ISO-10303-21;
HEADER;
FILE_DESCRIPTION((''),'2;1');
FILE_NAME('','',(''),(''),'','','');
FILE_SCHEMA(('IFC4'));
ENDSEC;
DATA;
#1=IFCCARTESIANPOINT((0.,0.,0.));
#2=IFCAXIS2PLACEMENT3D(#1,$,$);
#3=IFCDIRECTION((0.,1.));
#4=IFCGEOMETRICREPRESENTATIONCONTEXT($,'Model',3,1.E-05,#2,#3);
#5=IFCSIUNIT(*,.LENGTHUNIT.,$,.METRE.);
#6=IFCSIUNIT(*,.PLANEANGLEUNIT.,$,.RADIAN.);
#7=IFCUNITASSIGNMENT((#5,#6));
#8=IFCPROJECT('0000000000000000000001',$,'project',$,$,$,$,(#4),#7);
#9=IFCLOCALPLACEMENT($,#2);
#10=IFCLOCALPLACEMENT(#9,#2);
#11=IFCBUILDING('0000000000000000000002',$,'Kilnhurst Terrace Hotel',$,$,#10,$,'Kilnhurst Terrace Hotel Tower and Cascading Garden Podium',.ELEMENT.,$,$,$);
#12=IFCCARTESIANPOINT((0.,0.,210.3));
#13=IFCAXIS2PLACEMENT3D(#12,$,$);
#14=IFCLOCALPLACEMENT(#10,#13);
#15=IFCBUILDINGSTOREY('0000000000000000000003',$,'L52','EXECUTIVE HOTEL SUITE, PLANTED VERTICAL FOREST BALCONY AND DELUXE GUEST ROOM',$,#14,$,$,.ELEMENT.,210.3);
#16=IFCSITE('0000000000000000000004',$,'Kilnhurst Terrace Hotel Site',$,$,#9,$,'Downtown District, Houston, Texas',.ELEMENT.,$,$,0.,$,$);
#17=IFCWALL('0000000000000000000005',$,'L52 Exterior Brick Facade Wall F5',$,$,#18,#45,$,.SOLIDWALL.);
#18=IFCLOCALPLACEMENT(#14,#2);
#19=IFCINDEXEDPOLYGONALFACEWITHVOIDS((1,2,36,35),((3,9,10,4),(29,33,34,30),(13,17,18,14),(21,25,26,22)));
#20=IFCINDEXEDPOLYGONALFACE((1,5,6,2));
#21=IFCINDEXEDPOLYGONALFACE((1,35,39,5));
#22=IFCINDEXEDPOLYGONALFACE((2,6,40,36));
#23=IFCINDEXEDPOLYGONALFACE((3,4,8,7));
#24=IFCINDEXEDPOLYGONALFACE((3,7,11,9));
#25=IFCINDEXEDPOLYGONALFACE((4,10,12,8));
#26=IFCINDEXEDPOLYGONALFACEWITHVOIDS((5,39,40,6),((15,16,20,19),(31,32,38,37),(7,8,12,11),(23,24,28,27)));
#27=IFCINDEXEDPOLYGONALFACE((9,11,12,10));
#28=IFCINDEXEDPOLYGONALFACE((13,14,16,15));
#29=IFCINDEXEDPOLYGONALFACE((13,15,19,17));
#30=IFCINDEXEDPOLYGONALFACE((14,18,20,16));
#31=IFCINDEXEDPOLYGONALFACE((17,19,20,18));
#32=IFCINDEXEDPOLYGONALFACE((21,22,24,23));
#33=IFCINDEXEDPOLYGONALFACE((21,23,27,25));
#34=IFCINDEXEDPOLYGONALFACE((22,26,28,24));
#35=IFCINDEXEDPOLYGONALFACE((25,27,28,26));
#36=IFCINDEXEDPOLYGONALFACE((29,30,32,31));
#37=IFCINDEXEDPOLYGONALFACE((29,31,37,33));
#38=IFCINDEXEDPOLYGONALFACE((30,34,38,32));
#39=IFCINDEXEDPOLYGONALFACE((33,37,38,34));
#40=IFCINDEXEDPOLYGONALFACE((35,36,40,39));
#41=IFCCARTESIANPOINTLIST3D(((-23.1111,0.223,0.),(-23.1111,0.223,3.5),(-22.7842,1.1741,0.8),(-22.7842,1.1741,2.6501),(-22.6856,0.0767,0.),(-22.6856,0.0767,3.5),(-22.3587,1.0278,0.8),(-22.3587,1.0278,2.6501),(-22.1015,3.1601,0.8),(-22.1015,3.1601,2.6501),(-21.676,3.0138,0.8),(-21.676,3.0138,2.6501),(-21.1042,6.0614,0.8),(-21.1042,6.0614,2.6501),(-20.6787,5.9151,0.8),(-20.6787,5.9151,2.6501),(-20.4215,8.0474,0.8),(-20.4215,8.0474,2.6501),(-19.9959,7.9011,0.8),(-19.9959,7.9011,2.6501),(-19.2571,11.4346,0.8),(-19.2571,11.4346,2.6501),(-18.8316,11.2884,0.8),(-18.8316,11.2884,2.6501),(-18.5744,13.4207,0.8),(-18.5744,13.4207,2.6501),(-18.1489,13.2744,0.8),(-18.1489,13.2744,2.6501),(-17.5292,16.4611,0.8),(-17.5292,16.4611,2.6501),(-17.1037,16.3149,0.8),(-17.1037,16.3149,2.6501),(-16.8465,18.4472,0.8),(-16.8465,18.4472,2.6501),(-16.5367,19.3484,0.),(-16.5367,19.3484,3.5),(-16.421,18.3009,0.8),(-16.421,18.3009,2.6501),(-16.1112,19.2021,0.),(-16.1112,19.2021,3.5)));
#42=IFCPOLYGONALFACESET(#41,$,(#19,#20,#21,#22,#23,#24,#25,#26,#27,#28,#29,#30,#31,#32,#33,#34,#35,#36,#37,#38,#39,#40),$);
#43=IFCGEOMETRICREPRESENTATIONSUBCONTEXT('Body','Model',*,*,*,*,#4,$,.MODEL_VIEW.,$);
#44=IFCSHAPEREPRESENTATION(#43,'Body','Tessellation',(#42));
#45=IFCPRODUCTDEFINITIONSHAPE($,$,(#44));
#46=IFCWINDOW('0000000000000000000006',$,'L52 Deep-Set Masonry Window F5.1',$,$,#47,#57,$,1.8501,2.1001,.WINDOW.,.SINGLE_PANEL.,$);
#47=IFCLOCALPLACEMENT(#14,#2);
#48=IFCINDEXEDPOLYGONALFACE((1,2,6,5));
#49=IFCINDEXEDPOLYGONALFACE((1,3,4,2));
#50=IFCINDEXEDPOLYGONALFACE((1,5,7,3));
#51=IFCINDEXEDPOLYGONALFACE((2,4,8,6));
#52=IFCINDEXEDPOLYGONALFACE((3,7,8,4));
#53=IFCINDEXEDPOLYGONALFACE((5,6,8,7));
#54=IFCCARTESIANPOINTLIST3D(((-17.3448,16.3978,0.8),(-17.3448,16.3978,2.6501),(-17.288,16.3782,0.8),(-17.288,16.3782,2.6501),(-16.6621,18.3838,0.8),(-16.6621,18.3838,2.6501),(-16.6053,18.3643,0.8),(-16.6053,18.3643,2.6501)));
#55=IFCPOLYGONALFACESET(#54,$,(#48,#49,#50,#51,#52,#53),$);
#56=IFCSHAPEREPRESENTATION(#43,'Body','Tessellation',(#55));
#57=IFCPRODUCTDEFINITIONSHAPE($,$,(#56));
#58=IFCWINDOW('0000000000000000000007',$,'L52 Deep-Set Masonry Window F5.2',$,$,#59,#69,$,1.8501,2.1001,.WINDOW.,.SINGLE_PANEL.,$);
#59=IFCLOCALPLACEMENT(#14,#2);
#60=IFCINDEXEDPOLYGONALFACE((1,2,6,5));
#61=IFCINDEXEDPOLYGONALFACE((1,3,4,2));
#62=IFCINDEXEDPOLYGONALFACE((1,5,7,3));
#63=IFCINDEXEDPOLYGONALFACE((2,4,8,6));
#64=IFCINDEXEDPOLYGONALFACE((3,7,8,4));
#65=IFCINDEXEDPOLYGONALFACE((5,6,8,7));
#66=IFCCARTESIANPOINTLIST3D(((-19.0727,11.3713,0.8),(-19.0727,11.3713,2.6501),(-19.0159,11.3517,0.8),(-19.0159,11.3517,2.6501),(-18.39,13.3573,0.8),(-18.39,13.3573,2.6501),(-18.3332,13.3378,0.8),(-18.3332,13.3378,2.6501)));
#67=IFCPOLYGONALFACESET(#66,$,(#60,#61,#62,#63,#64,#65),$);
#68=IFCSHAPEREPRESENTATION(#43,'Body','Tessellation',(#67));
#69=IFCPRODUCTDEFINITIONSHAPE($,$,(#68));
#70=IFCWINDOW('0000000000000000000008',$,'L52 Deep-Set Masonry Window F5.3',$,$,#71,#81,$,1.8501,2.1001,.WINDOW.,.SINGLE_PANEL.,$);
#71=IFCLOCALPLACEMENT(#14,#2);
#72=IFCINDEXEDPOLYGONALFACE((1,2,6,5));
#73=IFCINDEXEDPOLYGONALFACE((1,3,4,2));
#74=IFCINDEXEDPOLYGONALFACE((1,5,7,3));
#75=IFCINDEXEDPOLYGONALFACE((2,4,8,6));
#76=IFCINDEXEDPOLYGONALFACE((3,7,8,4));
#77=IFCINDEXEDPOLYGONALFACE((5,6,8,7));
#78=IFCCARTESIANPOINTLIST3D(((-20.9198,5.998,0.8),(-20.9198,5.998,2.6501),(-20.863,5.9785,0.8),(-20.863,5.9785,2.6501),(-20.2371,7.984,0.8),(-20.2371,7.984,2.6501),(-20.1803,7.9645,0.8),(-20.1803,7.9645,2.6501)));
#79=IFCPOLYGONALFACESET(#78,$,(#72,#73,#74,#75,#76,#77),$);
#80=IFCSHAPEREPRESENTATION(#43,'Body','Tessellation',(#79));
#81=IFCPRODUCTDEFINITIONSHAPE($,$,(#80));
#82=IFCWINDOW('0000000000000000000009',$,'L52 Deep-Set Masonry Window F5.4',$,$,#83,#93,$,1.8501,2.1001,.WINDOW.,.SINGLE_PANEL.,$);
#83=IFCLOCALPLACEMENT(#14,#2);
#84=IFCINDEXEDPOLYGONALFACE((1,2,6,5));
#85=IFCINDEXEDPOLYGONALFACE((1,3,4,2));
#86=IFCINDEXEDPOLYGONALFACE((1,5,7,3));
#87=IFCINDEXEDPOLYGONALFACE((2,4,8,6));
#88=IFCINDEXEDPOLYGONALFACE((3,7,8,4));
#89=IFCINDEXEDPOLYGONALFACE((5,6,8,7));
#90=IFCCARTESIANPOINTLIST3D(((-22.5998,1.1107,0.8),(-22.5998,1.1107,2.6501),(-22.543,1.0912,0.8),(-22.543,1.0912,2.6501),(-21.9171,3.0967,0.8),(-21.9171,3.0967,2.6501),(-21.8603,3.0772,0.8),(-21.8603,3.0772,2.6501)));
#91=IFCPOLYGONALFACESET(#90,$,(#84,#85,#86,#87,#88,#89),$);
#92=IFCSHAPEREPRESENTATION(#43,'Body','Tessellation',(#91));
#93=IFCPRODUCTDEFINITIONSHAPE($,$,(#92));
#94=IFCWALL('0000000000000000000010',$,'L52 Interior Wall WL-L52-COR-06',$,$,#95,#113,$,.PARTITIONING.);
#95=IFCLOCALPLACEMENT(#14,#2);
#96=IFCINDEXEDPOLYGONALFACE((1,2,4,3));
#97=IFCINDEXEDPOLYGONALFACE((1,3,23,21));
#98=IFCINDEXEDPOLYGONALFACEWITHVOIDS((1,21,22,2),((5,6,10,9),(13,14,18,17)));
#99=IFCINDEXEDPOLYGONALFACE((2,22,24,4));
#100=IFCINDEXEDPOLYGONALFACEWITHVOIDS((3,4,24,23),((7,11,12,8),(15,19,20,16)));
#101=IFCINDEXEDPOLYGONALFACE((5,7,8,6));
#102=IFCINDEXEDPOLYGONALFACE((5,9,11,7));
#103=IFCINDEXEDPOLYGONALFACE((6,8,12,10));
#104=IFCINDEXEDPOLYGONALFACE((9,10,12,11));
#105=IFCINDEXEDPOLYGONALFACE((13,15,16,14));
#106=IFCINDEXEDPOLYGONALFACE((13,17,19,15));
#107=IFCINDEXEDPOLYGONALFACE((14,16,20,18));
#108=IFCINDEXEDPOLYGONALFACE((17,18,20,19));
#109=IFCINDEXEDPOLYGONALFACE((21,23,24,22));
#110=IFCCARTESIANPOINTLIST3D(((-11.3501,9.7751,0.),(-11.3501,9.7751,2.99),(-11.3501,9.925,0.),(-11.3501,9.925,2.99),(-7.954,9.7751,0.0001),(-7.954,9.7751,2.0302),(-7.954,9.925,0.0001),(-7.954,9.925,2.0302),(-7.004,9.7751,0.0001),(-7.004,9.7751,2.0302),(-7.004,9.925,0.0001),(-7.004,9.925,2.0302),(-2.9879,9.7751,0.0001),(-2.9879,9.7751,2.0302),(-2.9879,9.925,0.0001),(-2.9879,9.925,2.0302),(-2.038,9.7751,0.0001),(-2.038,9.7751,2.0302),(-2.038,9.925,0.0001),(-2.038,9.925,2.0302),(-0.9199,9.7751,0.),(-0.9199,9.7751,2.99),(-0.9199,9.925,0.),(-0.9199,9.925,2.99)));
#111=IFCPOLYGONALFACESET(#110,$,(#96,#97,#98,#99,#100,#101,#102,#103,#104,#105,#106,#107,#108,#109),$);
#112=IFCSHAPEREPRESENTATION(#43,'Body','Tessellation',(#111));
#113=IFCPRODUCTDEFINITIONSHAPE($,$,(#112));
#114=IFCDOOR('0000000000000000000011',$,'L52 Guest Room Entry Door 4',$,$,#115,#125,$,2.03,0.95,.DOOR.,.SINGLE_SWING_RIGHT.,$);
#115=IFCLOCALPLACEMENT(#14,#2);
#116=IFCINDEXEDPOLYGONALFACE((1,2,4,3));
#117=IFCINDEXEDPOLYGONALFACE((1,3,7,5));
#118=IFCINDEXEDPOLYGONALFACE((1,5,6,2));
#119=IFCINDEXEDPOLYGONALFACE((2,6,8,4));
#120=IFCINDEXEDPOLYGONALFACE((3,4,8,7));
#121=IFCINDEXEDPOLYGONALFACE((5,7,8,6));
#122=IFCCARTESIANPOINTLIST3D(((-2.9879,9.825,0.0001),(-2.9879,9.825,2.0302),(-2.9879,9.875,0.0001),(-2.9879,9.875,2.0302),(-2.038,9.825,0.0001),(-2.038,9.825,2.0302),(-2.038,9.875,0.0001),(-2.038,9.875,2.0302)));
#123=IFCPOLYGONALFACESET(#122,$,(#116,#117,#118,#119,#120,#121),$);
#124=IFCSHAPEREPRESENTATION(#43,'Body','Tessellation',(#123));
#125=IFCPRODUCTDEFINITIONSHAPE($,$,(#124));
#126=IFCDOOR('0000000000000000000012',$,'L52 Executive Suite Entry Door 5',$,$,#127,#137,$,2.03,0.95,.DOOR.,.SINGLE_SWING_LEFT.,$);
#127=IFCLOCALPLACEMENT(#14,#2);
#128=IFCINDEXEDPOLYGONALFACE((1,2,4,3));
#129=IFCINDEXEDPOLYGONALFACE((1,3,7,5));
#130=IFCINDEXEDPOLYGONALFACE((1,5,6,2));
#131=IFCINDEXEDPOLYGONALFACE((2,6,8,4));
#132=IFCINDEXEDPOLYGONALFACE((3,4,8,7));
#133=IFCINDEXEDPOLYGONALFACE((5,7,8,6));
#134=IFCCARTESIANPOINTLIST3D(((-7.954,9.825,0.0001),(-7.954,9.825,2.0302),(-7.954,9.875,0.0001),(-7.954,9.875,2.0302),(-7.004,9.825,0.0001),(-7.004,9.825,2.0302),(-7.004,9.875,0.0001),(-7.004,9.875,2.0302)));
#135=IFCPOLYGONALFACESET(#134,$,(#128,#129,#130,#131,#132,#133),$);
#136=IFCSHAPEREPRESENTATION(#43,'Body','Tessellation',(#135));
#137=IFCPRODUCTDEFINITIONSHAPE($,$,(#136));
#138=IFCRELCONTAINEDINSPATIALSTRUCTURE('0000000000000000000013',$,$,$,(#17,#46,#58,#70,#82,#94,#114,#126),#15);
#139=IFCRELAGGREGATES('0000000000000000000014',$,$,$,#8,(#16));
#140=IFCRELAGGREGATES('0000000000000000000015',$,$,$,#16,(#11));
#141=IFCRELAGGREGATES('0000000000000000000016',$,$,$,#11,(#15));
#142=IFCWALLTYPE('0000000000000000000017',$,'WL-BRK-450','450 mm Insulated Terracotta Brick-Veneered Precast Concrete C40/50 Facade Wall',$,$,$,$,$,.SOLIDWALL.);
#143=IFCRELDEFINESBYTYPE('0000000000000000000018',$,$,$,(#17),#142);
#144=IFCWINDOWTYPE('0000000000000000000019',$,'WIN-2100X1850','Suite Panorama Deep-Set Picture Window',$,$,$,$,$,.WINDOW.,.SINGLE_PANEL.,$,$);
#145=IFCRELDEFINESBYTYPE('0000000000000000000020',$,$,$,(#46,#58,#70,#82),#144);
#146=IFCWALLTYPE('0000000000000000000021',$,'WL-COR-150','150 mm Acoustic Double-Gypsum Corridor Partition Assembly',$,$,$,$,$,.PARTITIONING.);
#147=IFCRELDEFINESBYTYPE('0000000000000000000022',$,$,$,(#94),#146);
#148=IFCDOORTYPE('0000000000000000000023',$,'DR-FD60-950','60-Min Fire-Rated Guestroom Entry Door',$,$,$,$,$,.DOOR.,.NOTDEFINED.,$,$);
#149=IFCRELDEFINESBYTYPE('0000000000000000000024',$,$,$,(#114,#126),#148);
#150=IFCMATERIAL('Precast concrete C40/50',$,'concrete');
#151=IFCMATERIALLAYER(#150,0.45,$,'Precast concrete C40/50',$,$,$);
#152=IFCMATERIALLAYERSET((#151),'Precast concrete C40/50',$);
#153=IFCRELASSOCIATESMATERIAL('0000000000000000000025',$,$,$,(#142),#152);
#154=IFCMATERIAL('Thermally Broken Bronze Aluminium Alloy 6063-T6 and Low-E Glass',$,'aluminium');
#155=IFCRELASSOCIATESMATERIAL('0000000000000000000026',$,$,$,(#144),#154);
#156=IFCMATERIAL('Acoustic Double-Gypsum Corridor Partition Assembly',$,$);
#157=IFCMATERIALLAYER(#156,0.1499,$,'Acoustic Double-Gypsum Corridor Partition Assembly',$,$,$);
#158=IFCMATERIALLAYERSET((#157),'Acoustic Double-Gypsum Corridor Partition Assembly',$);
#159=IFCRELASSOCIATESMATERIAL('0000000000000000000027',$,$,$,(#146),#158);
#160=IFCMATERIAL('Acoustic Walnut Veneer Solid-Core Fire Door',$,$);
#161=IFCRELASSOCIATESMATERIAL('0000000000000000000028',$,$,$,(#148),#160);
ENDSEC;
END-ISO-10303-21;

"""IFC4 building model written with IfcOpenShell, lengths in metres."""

from ifc_helpers import new_model, si_unit, direction, frame, frame_2d, origin, place, context, subcontext, project, spatial, rectangle, extrude, material, layer, layer_set, type_object, element, fill, save


model = new_model("IFC4")

# Units and contexts
model_context = context("Model", 3, precision=1e-05, world=origin(), true_north=direction((0.0, 1.0)))
body_context = subcontext(model_context, "Body", "Model", "MODEL_VIEW")
ifc_project = project(units=[si_unit("LENGTHUNIT", "METRE"), si_unit("PLANEANGLEUNIT", "RADIAN")], contexts=[model_context])

# Site, building, storey
site_placement = place(None, origin())
site = spatial("IfcSite", under=ifc_project, at=site_placement, Name="Kilnhurst Terrace Hotel Site", LongName="Downtown District, Houston, Texas", CompositionType="ELEMENT", RefElevation=0.0)
building_placement = place(site_placement, origin())
building = spatial("IfcBuilding", under=site, at=building_placement, Name="Kilnhurst Terrace Hotel", LongName="Kilnhurst Terrace Hotel Tower and Cascading Garden Podium", CompositionType="ELEMENT")
storey_placement = place(building_placement, frame((0.0, 0.0, 210.3)))
storey = spatial("IfcBuildingStorey", under=building, at=storey_placement, Name="L52", Description="EXECUTIVE HOTEL SUITE, PLANTED VERTICAL FOREST BALCONY AND DELUXE GUEST ROOM", CompositionType="ELEMENT", Elevation=210.3)

# Shared definitions
ifc_material_1 = material(Name="Precast concrete C40/50", Category="concrete")
ifc_layer_1 = layer(ifc_material_1, 0.45, Name="Precast concrete C40/50")
ifc_layer_set_1 = layer_set([ifc_layer_1], Name="Precast concrete C40/50")
wall_type_1 = type_object("IfcWallType", Name="WL-BRK-450", Description="450 mm Insulated Terracotta Brick-Veneered Precast Concrete C40/50 Facade Wall", PredefinedType="SOLIDWALL", material=ifc_layer_set_1)

# Wall, openings, windows
wall_1_placement = place(storey_placement, frame((-16.324, 19.2751, 0.0), z_axis=(0.0, 0.0, 1.0), x_axis=(-0.325083, -0.945685, 0.0)))
wall_1 = element("IfcWall", 1, at=wall_1_placement, inside=storey, type_object=wall_type_1, Name="L52 Exterior Brick Facade Wall F5", PredefinedType="SOLIDWALL", context=body_context, shape_type="SweptSolid", body=[
    extrude(rectangle(XDim=20.2239, YDim=0.45, at=frame_2d((10.1118, 0.0))), origin(), (0.0, 0.0, 1.0), 3.5),
])
opening_1_placement = place(wall_1_placement, frame((0.9529, 0.0, 0.8)))
opening_1 = element("IfcOpeningElement", 2, at=opening_1_placement, cuts=wall_1, PredefinedType="OPENING", context=body_context, shape_type="SweptSolid", body=[
    extrude(rectangle(XDim=2.1001, YDim=1.8501, at=frame_2d((1.05, 0.925))), frame((0.0, 0.2349, 0.0), z_axis=(0.0, -1.0, 0.0), x_axis=(1.0, 0.0, 0.0)), (0.0, 0.0, 1.0), 0.47),
])
opening_2_placement = place(wall_1_placement, frame((6.2681, 0.0, 0.8)))
opening_2 = element("IfcOpeningElement", 3, at=opening_2_placement, cuts=wall_1, PredefinedType="OPENING", context=body_context, shape_type="SweptSolid", body=[
    extrude(rectangle(XDim=2.1001, YDim=1.8501, at=frame_2d((1.05, 0.925))), frame((0.0, 0.2349, 0.0), z_axis=(0.0, -1.0, 0.0), x_axis=(1.0, 0.0, 0.0)), (0.0, 0.0, 1.0), 0.47),
])
opening_3_placement = place(wall_1_placement, frame((11.95, 0.0, 0.8)))
opening_3 = element("IfcOpeningElement", 4, at=opening_3_placement, cuts=wall_1, PredefinedType="OPENING", context=body_context, shape_type="SweptSolid", body=[
    extrude(rectangle(XDim=2.1001, YDim=1.8501, at=frame_2d((1.05, 0.925))), frame((0.0, 0.2349, 0.0), z_axis=(0.0, -1.0, 0.0), x_axis=(1.0, 0.0, 0.0)), (0.0, 0.0, 1.0), 0.47),
])
opening_4_placement = place(wall_1_placement, frame((17.1179, 0.0, 0.8)))
opening_4 = element("IfcOpeningElement", 5, at=opening_4_placement, cuts=wall_1, PredefinedType="OPENING", context=body_context, shape_type="SweptSolid", body=[
    extrude(rectangle(XDim=2.1001, YDim=1.8501, at=frame_2d((1.05, 0.925))), frame((0.0, 0.2349, 0.0), z_axis=(0.0, -1.0, 0.0), x_axis=(1.0, 0.0, 0.0)), (0.0, 0.0, 1.0), 0.47),
])
ifc_material_2 = material(Name="Thermally Broken Bronze Aluminium Alloy 6063-T6 and Low-E Glass", Category="aluminium")
window_type = type_object("IfcWindowType", Name="WIN-2100X1850", Description="Suite Panorama Deep-Set Picture Window", PartitioningType="SINGLE_PANEL", PredefinedType="WINDOW", material=ifc_material_2)
window_1_placement = place(opening_1_placement, origin())
window_1 = element("IfcWindow", 6, at=window_1_placement, inside=storey, type_object=window_type, Name="L52 Deep-Set Masonry Window F5.1", OverallHeight=1.8501, OverallWidth=2.1001, PartitioningType="SINGLE_PANEL", PredefinedType="WINDOW", context=body_context, shape_type="SweptSolid", body=[
    extrude(rectangle(XDim=2.1001, YDim=1.8501, at=frame_2d((1.05, 0.925))), frame((0.0, 0.03, 0.0), z_axis=(0.0, -1.0, 0.0), x_axis=(1.0, 0.0, 0.0)), (0.0, 0.0, 1.0), 0.0601),
])
fill(opening_1, window_1)
window_2_placement = place(opening_2_placement, origin())
window_2 = element("IfcWindow", 7, at=window_2_placement, inside=storey, type_object=window_type, Name="L52 Deep-Set Masonry Window F5.2", OverallHeight=1.8501, OverallWidth=2.1001, PartitioningType="SINGLE_PANEL", PredefinedType="WINDOW", context=body_context, shape_type="SweptSolid", body=[
    extrude(rectangle(XDim=2.1001, YDim=1.8501, at=frame_2d((1.05, 0.925))), frame((0.0, 0.03, 0.0), z_axis=(0.0, -1.0, 0.0), x_axis=(1.0, 0.0, 0.0)), (0.0, 0.0, 1.0), 0.0601),
])
fill(opening_2, window_2)
window_3_placement = place(opening_3_placement, origin())
window_3 = element("IfcWindow", 8, at=window_3_placement, inside=storey, type_object=window_type, Name="L52 Deep-Set Masonry Window F5.3", OverallHeight=1.8501, OverallWidth=2.1001, PartitioningType="SINGLE_PANEL", PredefinedType="WINDOW", context=body_context, shape_type="SweptSolid", body=[
    extrude(rectangle(XDim=2.1001, YDim=1.8501, at=frame_2d((1.05, 0.925))), frame((0.0, 0.03, 0.0), z_axis=(0.0, -1.0, 0.0), x_axis=(1.0, 0.0, 0.0)), (0.0, 0.0, 1.0), 0.0601),
])
fill(opening_3, window_3)
window_4_placement = place(opening_4_placement, origin())
window_4 = element("IfcWindow", 9, at=window_4_placement, inside=storey, type_object=window_type, Name="L52 Deep-Set Masonry Window F5.4", OverallHeight=1.8501, OverallWidth=2.1001, PartitioningType="SINGLE_PANEL", PredefinedType="WINDOW", context=body_context, shape_type="SweptSolid", body=[
    extrude(rectangle(XDim=2.1001, YDim=1.8501, at=frame_2d((1.05, 0.925))), frame((0.0, 0.03, 0.0), z_axis=(0.0, -1.0, 0.0), x_axis=(1.0, 0.0, 0.0)), (0.0, 0.0, 1.0), 0.0601),
])
fill(opening_4, window_4)

# Wall, openings, doors
ifc_material_3 = material(Name="Acoustic Double-Gypsum Corridor Partition Assembly")
ifc_layer_2 = layer(ifc_material_3, 0.1499, Name="Acoustic Double-Gypsum Corridor Partition Assembly")
ifc_layer_set_2 = layer_set([ifc_layer_2], Name="Acoustic Double-Gypsum Corridor Partition Assembly")
wall_type_2 = type_object("IfcWallType", Name="WL-COR-150", Description="150 mm Acoustic Double-Gypsum Corridor Partition Assembly", PredefinedType="PARTITIONING", material=ifc_layer_set_2)
wall_2_placement = place(storey_placement, frame((-11.3501, 9.8501, 0.0), z_axis=(0.0, 0.0, 1.0), x_axis=(1.0, 0.0, 0.0)))
wall_2 = element("IfcWall", 10, at=wall_2_placement, inside=storey, type_object=wall_type_2, Name="L52 Interior Wall WL-L52-COR-06", PredefinedType="PARTITIONING", context=body_context, shape_type="SweptSolid", body=[
    extrude(rectangle(XDim=10.4302, YDim=0.1499, at=frame_2d((5.2151, 0.0))), origin(), (0.0, 0.0, 1.0), 2.99),
])
opening_5_placement = place(wall_2_placement, frame((8.3621, 0.0, 0.0)))
opening_5 = element("IfcOpeningElement", 11, at=opening_5_placement, cuts=wall_2, PredefinedType="OPENING", context=body_context, shape_type="SweptSolid", body=[
    extrude(rectangle(XDim=0.95, YDim=2.03, at=frame_2d((0.4751, 1.0151))), frame((0.0, 0.085, 0.0), z_axis=(0.0, -1.0, 0.0), x_axis=(1.0, 0.0, 0.0)), (0.0, 0.0, 1.0), 0.1699),
])
opening_6_placement = place(wall_2_placement, frame((3.396, 0.0, 0.0)))
opening_6 = element("IfcOpeningElement", 12, at=opening_6_placement, cuts=wall_2, PredefinedType="OPENING", context=body_context, shape_type="SweptSolid", body=[
    extrude(rectangle(XDim=0.95, YDim=2.03, at=frame_2d((0.4751, 1.0151))), frame((0.0, 0.085, 0.0), z_axis=(0.0, -1.0, 0.0), x_axis=(1.0, 0.0, 0.0)), (0.0, 0.0, 1.0), 0.1699),
])
ifc_material_4 = material(Name="Acoustic Walnut Veneer Solid-Core Fire Door")
door_type_1 = type_object("IfcDoorType", Name="DR-FD60-950", Description="60-Min Fire-Rated Guestroom Entry Door", OperationType="NOTDEFINED", PredefinedType="DOOR", material=ifc_material_4)
door_1_placement = place(opening_5_placement, origin())
door_1 = element("IfcDoor", 13, at=door_1_placement, inside=storey, type_object=door_type_1, Name="L52 Guest Room Entry Door 4", OperationType="SINGLE_SWING_RIGHT", OverallHeight=2.03, OverallWidth=0.95, PredefinedType="DOOR", context=body_context, shape_type="SweptSolid", body=[
    extrude(rectangle(XDim=0.95, YDim=2.03, at=frame_2d((0.4751, 1.0151))), frame((0.0, 0.0249, 0.0), z_axis=(0.0, -1.0, 0.0), x_axis=(1.0, 0.0, 0.0)), (0.0, 0.0, 1.0), 0.05),
])
fill(opening_5, door_1)
door_2_placement = place(opening_6_placement, origin())
door_2 = element("IfcDoor", 14, at=door_2_placement, inside=storey, type_object=door_type_1, Name="L52 Executive Suite Entry Door 5", OperationType="SINGLE_SWING_LEFT", OverallHeight=2.03, OverallWidth=0.95, PredefinedType="DOOR", context=body_context, shape_type="SweptSolid", body=[
    extrude(rectangle(XDim=0.95, YDim=2.03, at=frame_2d((0.4751, 1.0151))), frame((0.0, 0.0249, 0.0), z_axis=(0.0, -1.0, 0.0), x_axis=(1.0, 0.0, 0.0)), (0.0, 0.0, 1.0), 0.05),
])
fill(opening_6, door_2)

save(model, "model.ifc")
